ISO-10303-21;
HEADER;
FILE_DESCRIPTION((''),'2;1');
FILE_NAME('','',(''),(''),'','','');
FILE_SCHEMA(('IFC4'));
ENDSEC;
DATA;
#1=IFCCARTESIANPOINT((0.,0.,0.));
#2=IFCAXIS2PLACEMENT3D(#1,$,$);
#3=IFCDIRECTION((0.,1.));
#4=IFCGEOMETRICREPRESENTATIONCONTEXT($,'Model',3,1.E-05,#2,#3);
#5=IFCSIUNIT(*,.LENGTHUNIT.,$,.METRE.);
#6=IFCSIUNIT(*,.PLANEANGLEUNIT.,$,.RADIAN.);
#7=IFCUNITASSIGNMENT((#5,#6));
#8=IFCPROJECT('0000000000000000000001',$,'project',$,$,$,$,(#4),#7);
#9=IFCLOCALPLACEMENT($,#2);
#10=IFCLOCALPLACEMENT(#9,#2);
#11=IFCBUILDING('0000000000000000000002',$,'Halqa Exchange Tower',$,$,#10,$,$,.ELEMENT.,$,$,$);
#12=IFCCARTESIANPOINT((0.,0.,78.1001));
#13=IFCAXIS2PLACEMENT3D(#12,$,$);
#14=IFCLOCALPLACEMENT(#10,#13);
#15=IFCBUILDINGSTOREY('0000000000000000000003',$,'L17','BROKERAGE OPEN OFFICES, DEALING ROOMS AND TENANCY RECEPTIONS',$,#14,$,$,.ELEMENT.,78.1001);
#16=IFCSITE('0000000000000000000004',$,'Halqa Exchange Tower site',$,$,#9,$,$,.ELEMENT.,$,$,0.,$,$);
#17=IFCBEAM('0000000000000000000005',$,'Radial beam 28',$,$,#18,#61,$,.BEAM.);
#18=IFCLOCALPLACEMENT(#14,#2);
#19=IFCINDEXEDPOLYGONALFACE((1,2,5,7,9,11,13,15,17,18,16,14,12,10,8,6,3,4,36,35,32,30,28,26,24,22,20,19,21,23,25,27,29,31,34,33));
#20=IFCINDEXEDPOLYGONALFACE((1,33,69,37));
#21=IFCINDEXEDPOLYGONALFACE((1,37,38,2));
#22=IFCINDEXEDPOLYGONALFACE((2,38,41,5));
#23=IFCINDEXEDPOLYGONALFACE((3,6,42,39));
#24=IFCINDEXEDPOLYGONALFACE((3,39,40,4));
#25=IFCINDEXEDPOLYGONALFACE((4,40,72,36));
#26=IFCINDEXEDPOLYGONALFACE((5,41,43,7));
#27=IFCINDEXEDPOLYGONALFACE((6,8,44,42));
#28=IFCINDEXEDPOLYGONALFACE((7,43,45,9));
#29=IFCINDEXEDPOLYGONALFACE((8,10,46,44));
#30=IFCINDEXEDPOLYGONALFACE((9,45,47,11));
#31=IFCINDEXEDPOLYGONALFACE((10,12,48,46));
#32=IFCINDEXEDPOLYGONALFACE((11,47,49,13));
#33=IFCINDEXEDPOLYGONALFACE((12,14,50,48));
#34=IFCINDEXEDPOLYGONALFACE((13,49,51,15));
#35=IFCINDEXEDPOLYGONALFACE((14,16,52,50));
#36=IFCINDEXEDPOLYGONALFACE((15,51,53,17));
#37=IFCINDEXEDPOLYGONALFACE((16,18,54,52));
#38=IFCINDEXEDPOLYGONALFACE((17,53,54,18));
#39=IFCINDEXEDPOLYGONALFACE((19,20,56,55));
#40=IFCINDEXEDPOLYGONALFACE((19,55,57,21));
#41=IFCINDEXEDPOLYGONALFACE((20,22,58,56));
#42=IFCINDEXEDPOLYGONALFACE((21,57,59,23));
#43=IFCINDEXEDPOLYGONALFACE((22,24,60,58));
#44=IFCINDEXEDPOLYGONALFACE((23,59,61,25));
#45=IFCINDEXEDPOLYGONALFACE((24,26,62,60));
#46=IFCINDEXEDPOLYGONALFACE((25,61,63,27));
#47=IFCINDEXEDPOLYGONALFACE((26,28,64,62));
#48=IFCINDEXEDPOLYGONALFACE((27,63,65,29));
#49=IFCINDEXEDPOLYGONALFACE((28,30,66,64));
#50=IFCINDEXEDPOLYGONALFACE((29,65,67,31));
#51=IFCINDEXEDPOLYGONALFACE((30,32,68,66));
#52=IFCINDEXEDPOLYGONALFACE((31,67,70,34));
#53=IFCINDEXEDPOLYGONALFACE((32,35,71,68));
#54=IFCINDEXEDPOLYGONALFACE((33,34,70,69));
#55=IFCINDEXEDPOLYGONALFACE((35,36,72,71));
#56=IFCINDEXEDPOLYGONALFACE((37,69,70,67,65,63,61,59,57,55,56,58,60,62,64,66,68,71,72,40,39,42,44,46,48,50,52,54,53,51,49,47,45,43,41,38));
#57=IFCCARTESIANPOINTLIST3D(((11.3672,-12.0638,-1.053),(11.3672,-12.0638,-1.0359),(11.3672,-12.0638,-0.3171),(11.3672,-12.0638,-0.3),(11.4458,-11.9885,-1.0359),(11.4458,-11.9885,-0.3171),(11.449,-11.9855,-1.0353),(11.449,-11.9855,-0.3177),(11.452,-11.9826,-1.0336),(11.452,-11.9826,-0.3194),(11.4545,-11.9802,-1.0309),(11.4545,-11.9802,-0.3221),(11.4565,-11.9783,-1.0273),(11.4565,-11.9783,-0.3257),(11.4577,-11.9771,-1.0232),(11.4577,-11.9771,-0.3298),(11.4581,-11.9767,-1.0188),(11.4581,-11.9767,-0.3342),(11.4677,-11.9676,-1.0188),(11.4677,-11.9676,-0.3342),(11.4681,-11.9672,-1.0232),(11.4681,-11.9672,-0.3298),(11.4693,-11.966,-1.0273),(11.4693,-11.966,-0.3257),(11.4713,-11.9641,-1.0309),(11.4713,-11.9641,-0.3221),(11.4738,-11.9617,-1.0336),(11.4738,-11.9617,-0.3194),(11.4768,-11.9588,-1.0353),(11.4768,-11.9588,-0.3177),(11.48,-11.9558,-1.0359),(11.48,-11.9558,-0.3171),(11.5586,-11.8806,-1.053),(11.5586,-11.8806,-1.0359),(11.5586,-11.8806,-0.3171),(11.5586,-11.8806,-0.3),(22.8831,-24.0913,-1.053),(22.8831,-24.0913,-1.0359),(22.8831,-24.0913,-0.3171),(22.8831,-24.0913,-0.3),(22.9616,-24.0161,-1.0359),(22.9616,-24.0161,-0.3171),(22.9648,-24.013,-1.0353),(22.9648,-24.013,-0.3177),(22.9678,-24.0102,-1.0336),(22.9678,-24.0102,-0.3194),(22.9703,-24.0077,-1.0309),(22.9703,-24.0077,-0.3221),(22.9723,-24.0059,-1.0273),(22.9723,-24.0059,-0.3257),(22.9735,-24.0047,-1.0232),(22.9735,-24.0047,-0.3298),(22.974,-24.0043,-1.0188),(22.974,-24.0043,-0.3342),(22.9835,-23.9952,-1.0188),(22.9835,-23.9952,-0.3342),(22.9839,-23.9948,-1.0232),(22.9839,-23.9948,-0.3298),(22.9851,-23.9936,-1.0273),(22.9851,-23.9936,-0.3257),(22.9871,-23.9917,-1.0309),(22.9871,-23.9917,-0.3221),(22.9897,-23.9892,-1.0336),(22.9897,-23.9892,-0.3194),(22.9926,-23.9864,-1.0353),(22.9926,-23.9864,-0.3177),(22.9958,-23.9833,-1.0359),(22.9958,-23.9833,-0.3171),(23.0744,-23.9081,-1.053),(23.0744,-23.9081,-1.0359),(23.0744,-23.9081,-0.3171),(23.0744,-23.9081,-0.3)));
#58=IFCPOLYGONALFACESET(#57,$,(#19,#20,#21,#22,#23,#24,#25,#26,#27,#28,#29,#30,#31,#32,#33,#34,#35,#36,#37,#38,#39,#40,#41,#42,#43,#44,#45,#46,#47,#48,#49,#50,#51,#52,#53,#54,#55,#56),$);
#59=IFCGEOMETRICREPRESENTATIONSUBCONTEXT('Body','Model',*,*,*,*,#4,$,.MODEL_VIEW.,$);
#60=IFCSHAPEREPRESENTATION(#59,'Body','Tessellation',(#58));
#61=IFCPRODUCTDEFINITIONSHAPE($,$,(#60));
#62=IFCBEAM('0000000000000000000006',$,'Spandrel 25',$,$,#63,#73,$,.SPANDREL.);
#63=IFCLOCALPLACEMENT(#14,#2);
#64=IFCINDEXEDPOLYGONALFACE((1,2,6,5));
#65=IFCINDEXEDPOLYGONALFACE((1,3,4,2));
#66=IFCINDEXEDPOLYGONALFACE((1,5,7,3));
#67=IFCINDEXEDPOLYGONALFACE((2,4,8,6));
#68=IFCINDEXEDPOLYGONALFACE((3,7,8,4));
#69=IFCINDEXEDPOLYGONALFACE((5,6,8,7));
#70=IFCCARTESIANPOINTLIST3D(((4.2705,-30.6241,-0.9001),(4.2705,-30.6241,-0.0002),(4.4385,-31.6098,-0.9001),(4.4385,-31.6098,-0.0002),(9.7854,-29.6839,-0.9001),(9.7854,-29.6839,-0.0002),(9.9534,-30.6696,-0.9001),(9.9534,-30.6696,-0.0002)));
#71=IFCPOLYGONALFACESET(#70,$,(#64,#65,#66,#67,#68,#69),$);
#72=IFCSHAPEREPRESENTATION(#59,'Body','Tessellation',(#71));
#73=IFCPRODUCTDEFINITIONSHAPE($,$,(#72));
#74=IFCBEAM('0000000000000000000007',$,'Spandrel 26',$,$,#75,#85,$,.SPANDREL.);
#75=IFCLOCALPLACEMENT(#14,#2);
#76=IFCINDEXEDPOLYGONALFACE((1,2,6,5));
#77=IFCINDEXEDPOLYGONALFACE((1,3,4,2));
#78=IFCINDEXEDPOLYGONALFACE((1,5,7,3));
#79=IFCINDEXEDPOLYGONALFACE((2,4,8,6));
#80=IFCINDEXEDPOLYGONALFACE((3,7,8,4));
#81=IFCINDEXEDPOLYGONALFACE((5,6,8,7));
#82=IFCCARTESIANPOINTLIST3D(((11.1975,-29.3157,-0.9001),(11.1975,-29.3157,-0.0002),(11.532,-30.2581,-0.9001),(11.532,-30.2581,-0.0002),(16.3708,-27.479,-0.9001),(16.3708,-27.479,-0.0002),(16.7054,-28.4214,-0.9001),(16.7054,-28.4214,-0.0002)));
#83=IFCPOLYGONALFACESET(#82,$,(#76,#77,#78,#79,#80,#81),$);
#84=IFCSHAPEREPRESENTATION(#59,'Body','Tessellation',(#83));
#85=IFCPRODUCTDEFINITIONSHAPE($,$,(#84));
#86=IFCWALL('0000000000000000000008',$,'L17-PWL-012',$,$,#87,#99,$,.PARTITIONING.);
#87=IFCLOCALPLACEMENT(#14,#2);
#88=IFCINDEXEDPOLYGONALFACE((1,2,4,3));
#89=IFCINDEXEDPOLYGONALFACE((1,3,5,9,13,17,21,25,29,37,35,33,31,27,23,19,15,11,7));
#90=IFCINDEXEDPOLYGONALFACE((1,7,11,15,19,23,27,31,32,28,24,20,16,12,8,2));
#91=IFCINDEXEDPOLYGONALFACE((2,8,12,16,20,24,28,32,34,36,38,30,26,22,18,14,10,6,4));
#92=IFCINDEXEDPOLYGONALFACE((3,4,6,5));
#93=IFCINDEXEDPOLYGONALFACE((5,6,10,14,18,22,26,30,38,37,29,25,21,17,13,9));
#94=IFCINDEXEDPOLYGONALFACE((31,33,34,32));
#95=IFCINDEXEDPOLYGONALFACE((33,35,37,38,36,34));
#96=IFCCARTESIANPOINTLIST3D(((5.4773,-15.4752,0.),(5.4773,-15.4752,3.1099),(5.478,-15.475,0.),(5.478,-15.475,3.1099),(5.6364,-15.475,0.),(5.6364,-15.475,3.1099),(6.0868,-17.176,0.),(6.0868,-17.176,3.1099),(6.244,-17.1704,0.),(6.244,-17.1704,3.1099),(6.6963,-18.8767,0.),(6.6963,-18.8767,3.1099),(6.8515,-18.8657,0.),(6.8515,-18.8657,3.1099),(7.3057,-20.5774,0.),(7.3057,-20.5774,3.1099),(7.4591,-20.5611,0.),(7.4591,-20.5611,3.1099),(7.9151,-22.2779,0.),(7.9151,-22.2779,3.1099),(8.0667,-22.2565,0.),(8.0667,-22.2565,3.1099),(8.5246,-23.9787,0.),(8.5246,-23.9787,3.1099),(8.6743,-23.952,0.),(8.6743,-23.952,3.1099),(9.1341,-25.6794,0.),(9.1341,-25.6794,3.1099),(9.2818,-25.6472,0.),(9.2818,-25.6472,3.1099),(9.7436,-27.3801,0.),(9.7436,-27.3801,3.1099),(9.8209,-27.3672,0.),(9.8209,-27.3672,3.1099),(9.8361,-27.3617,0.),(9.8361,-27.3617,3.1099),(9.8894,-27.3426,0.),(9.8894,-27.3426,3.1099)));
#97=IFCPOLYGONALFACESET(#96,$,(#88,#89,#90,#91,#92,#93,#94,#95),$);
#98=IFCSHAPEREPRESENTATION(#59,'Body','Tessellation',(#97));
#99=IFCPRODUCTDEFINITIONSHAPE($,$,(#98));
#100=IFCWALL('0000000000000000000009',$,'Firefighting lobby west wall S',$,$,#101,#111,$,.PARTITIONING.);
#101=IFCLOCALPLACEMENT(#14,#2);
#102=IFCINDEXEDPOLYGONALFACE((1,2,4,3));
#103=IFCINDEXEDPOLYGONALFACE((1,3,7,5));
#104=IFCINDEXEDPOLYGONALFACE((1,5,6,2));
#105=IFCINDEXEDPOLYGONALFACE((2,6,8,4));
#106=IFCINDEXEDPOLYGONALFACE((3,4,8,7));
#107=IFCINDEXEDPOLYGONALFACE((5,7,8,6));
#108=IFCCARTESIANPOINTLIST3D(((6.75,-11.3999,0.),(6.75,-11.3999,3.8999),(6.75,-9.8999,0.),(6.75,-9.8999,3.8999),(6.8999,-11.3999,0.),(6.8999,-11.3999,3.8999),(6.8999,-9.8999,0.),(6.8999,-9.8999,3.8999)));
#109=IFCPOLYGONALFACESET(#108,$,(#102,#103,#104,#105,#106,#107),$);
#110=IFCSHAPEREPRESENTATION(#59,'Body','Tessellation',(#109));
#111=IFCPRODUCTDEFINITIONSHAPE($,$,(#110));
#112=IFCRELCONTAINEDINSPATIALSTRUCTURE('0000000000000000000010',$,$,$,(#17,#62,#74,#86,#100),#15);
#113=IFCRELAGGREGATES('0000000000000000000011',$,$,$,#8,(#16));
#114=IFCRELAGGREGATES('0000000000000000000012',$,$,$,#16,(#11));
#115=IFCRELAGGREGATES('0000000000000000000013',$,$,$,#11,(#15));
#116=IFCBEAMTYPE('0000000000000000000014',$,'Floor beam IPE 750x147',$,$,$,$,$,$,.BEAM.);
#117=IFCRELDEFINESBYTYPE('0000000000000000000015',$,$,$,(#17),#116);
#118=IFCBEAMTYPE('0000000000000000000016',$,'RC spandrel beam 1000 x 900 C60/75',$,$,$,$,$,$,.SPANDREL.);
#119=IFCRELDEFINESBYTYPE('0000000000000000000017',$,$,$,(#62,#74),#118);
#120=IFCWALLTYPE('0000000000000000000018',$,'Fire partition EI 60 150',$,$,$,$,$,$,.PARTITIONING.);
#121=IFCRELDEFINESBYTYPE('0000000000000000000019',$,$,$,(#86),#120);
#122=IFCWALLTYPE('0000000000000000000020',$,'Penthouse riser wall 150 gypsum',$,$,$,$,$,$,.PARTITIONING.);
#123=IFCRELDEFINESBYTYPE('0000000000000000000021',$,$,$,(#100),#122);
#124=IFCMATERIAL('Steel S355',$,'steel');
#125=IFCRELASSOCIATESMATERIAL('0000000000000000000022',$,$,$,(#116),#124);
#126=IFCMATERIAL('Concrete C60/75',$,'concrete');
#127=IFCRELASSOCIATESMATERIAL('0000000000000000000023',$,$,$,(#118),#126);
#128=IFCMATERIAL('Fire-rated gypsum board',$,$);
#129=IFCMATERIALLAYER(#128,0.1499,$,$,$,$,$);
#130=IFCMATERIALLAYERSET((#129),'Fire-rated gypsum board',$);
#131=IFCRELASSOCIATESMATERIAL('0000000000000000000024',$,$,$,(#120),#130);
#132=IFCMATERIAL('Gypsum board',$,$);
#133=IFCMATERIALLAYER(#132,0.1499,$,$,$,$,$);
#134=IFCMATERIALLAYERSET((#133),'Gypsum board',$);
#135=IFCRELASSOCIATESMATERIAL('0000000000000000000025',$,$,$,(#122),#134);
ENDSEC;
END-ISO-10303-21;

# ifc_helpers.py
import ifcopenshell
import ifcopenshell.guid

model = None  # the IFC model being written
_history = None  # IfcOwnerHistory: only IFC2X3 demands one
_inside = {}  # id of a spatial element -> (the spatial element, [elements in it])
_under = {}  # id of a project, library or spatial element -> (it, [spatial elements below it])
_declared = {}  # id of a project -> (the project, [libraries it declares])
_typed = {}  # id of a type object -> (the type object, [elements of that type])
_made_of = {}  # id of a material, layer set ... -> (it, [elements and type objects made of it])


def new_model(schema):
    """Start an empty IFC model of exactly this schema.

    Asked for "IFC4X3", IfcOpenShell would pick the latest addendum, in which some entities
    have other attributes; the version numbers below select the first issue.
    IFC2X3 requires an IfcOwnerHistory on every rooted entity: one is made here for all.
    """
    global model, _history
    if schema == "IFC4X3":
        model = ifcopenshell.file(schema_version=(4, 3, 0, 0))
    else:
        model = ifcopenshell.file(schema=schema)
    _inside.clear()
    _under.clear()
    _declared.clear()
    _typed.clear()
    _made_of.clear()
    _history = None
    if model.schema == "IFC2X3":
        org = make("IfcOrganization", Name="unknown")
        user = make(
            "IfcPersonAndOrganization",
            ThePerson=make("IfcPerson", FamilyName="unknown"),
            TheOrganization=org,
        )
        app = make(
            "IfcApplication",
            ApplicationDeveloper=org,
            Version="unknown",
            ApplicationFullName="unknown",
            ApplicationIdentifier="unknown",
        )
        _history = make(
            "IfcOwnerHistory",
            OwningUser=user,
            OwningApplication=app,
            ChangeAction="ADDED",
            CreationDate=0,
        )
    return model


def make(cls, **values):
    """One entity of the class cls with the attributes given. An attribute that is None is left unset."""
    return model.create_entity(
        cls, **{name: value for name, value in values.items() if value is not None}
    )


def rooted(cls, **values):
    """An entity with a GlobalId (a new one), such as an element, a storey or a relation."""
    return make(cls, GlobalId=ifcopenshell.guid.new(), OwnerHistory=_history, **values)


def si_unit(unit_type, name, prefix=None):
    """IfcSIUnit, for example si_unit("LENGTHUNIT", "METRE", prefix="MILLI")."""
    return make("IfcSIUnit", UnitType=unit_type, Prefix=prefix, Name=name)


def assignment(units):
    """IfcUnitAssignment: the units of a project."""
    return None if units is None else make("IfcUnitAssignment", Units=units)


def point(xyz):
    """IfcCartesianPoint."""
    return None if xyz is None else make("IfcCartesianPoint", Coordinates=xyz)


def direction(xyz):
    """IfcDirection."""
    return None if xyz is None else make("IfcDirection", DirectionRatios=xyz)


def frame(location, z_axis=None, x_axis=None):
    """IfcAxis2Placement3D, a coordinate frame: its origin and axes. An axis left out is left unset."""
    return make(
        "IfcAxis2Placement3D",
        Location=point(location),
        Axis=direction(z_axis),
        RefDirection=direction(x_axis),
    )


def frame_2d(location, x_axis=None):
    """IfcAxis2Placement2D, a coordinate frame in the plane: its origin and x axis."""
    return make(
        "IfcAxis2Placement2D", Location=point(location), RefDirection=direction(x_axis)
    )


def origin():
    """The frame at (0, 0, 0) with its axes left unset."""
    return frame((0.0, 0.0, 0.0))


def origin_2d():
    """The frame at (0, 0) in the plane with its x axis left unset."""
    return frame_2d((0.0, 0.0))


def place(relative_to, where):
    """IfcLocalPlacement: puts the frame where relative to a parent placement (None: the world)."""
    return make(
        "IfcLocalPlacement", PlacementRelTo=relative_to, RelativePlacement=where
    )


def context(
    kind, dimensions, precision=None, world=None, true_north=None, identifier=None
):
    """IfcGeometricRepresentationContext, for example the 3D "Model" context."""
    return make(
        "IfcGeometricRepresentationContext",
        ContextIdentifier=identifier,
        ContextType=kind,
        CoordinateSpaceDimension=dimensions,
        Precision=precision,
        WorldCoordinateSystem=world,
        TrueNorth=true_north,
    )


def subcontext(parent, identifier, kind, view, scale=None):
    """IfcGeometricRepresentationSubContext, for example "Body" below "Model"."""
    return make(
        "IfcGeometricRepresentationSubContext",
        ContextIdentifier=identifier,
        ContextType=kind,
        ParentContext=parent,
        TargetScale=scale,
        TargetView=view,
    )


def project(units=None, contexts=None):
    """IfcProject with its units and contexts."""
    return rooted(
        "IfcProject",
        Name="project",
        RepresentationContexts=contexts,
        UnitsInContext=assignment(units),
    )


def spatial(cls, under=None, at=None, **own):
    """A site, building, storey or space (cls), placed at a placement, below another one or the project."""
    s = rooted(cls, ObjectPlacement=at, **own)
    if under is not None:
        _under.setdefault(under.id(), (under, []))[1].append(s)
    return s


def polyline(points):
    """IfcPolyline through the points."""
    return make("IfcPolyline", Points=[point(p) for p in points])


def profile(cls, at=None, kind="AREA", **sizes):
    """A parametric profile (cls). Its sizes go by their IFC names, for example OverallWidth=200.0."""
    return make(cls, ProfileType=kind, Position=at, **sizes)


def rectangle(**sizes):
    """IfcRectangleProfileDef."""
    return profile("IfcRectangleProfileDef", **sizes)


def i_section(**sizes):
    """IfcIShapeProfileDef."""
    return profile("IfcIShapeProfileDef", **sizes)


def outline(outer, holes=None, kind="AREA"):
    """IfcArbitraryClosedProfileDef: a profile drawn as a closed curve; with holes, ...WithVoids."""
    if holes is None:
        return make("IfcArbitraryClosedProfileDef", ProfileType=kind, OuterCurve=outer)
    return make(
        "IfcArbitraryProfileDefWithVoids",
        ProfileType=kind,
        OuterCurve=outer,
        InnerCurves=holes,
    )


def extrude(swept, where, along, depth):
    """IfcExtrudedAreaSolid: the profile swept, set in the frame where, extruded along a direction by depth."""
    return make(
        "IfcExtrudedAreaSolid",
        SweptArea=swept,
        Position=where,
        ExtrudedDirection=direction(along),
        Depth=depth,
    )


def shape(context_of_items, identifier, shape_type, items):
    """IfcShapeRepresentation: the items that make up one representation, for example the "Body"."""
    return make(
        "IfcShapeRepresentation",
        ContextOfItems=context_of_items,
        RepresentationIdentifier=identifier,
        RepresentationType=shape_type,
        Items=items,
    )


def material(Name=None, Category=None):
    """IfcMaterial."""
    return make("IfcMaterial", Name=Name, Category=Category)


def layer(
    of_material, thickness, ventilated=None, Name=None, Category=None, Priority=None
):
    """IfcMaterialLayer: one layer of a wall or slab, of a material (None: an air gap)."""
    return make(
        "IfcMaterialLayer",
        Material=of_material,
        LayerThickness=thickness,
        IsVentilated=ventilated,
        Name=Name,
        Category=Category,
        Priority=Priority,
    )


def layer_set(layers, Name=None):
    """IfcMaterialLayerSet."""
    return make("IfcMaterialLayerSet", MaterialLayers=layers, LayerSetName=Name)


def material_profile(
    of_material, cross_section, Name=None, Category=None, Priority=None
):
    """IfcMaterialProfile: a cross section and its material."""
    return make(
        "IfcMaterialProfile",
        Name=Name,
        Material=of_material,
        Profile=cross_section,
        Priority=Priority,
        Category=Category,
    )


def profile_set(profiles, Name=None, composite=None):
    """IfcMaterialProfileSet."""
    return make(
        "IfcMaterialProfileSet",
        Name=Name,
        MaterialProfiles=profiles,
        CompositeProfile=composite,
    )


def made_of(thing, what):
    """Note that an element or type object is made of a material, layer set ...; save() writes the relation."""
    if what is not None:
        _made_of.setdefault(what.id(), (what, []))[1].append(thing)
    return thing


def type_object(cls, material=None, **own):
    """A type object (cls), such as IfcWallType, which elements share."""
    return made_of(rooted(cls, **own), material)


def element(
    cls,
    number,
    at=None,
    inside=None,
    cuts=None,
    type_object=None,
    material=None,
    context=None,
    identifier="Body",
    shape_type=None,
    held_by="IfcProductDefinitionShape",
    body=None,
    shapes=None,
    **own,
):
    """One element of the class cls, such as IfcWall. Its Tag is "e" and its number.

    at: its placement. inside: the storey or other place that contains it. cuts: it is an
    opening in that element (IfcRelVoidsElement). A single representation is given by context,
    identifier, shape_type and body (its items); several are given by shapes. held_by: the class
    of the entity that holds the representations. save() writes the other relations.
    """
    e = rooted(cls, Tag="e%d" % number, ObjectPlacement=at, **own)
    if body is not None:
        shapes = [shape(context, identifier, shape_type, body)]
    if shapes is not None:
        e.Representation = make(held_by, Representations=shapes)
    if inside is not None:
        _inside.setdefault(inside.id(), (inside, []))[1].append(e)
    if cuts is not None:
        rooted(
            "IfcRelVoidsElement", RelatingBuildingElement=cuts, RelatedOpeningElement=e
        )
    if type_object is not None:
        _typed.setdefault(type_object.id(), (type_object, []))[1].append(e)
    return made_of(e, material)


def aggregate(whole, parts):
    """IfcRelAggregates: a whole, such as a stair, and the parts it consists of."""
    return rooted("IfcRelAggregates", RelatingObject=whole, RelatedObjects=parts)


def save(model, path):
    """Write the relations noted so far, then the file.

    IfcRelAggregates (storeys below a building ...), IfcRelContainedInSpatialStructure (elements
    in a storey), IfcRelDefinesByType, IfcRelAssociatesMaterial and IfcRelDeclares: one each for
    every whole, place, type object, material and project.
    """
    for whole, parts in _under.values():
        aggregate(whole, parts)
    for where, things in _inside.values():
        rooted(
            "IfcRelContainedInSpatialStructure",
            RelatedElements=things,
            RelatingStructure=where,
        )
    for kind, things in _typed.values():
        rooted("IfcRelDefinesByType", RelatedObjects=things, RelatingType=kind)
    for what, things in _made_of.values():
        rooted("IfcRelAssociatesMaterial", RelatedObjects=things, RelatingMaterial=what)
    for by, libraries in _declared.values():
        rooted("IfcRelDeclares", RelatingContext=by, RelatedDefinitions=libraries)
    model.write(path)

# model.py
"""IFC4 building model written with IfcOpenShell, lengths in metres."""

from ifc_helpers import new_model, si_unit, direction, frame, frame_2d, origin, origin_2d, place, context, subcontext, project, spatial, polyline, rectangle, i_section, outline, extrude, material, layer, layer_set, material_profile, profile_set, type_object, element, save


model = new_model("IFC4")

# Units and contexts
model_context = context("Model", 3, precision=1e-05, world=origin(), true_north=direction((0.0, 1.0)))
body_context = subcontext(model_context, "Body", "Model", "MODEL_VIEW")
ifc_project = project(units=[si_unit("LENGTHUNIT", "METRE"), si_unit("PLANEANGLEUNIT", "RADIAN")], contexts=[model_context])

# Site, building, storey
site_placement = place(None, origin())
site = spatial("IfcSite", under=ifc_project, at=site_placement, Name="Halqa Exchange Tower site", CompositionType="ELEMENT", RefElevation=0.0)
building_placement = place(site_placement, origin())
building = spatial("IfcBuilding", under=site, at=building_placement, Name="Halqa Exchange Tower", CompositionType="ELEMENT")
storey_placement = place(building_placement, frame((0.0, 0.0, 78.1001)))
storey = spatial("IfcBuildingStorey", under=building, at=storey_placement, Name="L17", Description="BROKERAGE OPEN OFFICES, DEALING ROOMS AND TENANCY RECEPTIONS", CompositionType="ELEMENT", Elevation=78.1001)

# Beams
ifc_material_1 = material(Name="Steel S355", Category="steel")
ifc_material_profile_1 = material_profile(ifc_material_1, i_section(OverallWidth=0.2649, OverallDepth=0.7529, WebThickness=0.0132, FlangeThickness=0.0171, FilletRadius=0.0171, at=origin_2d()), Name="IPE 750x147")
ifc_profile_set_1 = profile_set([ifc_material_profile_1], Name="Steel S355")
beam_type_1 = type_object("IfcBeamType", Name="Floor beam IPE 750x147", PredefinedType="BEAM", material=ifc_profile_set_1)
beam_1_placement = place(storey_placement, frame((11.4629, -11.9722, -0.6765), z_axis=(0.691574, -0.722305, 0.0), x_axis=(0.722305, 0.691574, 0.0)))
element("IfcBeam", 1, at=beam_1_placement, inside=storey, type_object=beam_type_1, Name="Radial beam 28", PredefinedType="BEAM", context=body_context, shape_type="SweptSolid", body=[
    extrude(i_section(OverallWidth=0.2649, OverallDepth=0.7529, WebThickness=0.0132, FlangeThickness=0.0171, FilletRadius=0.0171, at=origin_2d()), origin(), (0.0, 0.0, 1.0), 16.6516),
])
ifc_material_2 = material(Name="Concrete C60/75", Category="concrete")
ifc_material_profile_2 = material_profile(ifc_material_2, rectangle(XDim=1.0, YDim=0.8999, at=origin_2d()), Name="1000 x 900")
ifc_profile_set_2 = profile_set([ifc_material_profile_2], Name="Concrete C60/75")
beam_type_2 = type_object("IfcBeamType", Name="RC spandrel beam 1000 x 900 C60/75", PredefinedType="SPANDREL", material=ifc_profile_set_2)
beam_2_placement = place(storey_placement, frame((4.3545, -31.1169, -0.4502), z_axis=(0.985777, 0.168057, 0.0), x_axis=(-0.168057, 0.985777, 0.0)))
element("IfcBeam", 2, at=beam_2_placement, inside=storey, type_object=beam_type_2, Name="Spandrel 25", PredefinedType="SPANDREL", context=body_context, shape_type="SweptSolid", body=[
    extrude(rectangle(XDim=1.0, YDim=0.8999, at=origin_2d()), origin(), (0.0, 0.0, 1.0), 5.5945),
])
beam_3_placement = place(storey_placement, frame((11.3647, -29.7869, -0.4502), z_axis=(0.942372, 0.334567, 0.0), x_axis=(-0.334567, 0.942372, 0.0)))
element("IfcBeam", 3, at=beam_3_placement, inside=storey, type_object=beam_type_2, Name="Spandrel 26", PredefinedType="SPANDREL", context=body_context, shape_type="SweptSolid", body=[
    extrude(rectangle(XDim=1.0, YDim=0.8999, at=origin_2d()), origin(), (0.0, 0.0, 1.0), 5.4897),
])

# Walls
ifc_material_3 = material(Name="Fire-rated gypsum board")
ifc_layer_1 = layer(ifc_material_3, 0.1499)
ifc_layer_set_1 = layer_set([ifc_layer_1], Name="Fire-rated gypsum board")
wall_type_1 = type_object("IfcWallType", Name="Fire partition EI 60 150", PredefinedType="PARTITIONING", material=ifc_layer_set_1)
wall_1_placement = place(storey_placement, frame((5.5479, -15.45, 0.0), z_axis=(0.0, 0.0, 1.0), x_axis=(0.337357, -0.941377, 0.0)))
element("IfcWall", 4, at=wall_1_placement, inside=storey, type_object=wall_type_1, Name="L17-PWL-012", PredefinedType="PARTITIONING", context=body_context, shape_type="SweptSolid", body=[
    extrude(outline(polyline([(0.0, -0.075), (1.8066, -0.075), (3.6133, -0.075), (5.4199, -0.075), (7.2263, -0.075), (9.033, -0.075), (10.8396, -0.075), (12.6462, -0.075), (12.6602, 0.0022), (12.6602, 0.0183), (12.6602, 0.075), (10.8591, 0.075), (9.0583, 0.075), (7.2573, 0.075), (5.4563, 0.075), (3.6553, 0.075), (1.8545, 0.075), (0.0535, 0.075), (0.0, -0.0742), (0.0, -0.075)])), origin(), (0.0, 0.0, 1.0), 3.1099),
])
ifc_material_4 = material(Name="Gypsum board")
ifc_layer_2 = layer(ifc_material_4, 0.1499)
ifc_layer_set_2 = layer_set([ifc_layer_2], Name="Gypsum board")
wall_type_2 = type_object("IfcWallType", Name="Penthouse riser wall 150 gypsum", PredefinedType="PARTITIONING", material=ifc_layer_set_2)
wall_2_placement = place(storey_placement, frame((6.825, -11.3999, 0.0), z_axis=(0.0, 0.0, 1.0), x_axis=(0.0, 1.0, 0.0)))
element("IfcWall", 5, at=wall_2_placement, inside=storey, type_object=wall_type_2, Name="Firefighting lobby west wall S", PredefinedType="PARTITIONING", context=body_context, shape_type="SweptSolid", body=[
    extrude(rectangle(XDim=1.5, YDim=0.1499, at=frame_2d((0.75, 0.0))), origin(), (0.0, 0.0, 1.0), 3.8999),
])

save(model, "model.ifc")
